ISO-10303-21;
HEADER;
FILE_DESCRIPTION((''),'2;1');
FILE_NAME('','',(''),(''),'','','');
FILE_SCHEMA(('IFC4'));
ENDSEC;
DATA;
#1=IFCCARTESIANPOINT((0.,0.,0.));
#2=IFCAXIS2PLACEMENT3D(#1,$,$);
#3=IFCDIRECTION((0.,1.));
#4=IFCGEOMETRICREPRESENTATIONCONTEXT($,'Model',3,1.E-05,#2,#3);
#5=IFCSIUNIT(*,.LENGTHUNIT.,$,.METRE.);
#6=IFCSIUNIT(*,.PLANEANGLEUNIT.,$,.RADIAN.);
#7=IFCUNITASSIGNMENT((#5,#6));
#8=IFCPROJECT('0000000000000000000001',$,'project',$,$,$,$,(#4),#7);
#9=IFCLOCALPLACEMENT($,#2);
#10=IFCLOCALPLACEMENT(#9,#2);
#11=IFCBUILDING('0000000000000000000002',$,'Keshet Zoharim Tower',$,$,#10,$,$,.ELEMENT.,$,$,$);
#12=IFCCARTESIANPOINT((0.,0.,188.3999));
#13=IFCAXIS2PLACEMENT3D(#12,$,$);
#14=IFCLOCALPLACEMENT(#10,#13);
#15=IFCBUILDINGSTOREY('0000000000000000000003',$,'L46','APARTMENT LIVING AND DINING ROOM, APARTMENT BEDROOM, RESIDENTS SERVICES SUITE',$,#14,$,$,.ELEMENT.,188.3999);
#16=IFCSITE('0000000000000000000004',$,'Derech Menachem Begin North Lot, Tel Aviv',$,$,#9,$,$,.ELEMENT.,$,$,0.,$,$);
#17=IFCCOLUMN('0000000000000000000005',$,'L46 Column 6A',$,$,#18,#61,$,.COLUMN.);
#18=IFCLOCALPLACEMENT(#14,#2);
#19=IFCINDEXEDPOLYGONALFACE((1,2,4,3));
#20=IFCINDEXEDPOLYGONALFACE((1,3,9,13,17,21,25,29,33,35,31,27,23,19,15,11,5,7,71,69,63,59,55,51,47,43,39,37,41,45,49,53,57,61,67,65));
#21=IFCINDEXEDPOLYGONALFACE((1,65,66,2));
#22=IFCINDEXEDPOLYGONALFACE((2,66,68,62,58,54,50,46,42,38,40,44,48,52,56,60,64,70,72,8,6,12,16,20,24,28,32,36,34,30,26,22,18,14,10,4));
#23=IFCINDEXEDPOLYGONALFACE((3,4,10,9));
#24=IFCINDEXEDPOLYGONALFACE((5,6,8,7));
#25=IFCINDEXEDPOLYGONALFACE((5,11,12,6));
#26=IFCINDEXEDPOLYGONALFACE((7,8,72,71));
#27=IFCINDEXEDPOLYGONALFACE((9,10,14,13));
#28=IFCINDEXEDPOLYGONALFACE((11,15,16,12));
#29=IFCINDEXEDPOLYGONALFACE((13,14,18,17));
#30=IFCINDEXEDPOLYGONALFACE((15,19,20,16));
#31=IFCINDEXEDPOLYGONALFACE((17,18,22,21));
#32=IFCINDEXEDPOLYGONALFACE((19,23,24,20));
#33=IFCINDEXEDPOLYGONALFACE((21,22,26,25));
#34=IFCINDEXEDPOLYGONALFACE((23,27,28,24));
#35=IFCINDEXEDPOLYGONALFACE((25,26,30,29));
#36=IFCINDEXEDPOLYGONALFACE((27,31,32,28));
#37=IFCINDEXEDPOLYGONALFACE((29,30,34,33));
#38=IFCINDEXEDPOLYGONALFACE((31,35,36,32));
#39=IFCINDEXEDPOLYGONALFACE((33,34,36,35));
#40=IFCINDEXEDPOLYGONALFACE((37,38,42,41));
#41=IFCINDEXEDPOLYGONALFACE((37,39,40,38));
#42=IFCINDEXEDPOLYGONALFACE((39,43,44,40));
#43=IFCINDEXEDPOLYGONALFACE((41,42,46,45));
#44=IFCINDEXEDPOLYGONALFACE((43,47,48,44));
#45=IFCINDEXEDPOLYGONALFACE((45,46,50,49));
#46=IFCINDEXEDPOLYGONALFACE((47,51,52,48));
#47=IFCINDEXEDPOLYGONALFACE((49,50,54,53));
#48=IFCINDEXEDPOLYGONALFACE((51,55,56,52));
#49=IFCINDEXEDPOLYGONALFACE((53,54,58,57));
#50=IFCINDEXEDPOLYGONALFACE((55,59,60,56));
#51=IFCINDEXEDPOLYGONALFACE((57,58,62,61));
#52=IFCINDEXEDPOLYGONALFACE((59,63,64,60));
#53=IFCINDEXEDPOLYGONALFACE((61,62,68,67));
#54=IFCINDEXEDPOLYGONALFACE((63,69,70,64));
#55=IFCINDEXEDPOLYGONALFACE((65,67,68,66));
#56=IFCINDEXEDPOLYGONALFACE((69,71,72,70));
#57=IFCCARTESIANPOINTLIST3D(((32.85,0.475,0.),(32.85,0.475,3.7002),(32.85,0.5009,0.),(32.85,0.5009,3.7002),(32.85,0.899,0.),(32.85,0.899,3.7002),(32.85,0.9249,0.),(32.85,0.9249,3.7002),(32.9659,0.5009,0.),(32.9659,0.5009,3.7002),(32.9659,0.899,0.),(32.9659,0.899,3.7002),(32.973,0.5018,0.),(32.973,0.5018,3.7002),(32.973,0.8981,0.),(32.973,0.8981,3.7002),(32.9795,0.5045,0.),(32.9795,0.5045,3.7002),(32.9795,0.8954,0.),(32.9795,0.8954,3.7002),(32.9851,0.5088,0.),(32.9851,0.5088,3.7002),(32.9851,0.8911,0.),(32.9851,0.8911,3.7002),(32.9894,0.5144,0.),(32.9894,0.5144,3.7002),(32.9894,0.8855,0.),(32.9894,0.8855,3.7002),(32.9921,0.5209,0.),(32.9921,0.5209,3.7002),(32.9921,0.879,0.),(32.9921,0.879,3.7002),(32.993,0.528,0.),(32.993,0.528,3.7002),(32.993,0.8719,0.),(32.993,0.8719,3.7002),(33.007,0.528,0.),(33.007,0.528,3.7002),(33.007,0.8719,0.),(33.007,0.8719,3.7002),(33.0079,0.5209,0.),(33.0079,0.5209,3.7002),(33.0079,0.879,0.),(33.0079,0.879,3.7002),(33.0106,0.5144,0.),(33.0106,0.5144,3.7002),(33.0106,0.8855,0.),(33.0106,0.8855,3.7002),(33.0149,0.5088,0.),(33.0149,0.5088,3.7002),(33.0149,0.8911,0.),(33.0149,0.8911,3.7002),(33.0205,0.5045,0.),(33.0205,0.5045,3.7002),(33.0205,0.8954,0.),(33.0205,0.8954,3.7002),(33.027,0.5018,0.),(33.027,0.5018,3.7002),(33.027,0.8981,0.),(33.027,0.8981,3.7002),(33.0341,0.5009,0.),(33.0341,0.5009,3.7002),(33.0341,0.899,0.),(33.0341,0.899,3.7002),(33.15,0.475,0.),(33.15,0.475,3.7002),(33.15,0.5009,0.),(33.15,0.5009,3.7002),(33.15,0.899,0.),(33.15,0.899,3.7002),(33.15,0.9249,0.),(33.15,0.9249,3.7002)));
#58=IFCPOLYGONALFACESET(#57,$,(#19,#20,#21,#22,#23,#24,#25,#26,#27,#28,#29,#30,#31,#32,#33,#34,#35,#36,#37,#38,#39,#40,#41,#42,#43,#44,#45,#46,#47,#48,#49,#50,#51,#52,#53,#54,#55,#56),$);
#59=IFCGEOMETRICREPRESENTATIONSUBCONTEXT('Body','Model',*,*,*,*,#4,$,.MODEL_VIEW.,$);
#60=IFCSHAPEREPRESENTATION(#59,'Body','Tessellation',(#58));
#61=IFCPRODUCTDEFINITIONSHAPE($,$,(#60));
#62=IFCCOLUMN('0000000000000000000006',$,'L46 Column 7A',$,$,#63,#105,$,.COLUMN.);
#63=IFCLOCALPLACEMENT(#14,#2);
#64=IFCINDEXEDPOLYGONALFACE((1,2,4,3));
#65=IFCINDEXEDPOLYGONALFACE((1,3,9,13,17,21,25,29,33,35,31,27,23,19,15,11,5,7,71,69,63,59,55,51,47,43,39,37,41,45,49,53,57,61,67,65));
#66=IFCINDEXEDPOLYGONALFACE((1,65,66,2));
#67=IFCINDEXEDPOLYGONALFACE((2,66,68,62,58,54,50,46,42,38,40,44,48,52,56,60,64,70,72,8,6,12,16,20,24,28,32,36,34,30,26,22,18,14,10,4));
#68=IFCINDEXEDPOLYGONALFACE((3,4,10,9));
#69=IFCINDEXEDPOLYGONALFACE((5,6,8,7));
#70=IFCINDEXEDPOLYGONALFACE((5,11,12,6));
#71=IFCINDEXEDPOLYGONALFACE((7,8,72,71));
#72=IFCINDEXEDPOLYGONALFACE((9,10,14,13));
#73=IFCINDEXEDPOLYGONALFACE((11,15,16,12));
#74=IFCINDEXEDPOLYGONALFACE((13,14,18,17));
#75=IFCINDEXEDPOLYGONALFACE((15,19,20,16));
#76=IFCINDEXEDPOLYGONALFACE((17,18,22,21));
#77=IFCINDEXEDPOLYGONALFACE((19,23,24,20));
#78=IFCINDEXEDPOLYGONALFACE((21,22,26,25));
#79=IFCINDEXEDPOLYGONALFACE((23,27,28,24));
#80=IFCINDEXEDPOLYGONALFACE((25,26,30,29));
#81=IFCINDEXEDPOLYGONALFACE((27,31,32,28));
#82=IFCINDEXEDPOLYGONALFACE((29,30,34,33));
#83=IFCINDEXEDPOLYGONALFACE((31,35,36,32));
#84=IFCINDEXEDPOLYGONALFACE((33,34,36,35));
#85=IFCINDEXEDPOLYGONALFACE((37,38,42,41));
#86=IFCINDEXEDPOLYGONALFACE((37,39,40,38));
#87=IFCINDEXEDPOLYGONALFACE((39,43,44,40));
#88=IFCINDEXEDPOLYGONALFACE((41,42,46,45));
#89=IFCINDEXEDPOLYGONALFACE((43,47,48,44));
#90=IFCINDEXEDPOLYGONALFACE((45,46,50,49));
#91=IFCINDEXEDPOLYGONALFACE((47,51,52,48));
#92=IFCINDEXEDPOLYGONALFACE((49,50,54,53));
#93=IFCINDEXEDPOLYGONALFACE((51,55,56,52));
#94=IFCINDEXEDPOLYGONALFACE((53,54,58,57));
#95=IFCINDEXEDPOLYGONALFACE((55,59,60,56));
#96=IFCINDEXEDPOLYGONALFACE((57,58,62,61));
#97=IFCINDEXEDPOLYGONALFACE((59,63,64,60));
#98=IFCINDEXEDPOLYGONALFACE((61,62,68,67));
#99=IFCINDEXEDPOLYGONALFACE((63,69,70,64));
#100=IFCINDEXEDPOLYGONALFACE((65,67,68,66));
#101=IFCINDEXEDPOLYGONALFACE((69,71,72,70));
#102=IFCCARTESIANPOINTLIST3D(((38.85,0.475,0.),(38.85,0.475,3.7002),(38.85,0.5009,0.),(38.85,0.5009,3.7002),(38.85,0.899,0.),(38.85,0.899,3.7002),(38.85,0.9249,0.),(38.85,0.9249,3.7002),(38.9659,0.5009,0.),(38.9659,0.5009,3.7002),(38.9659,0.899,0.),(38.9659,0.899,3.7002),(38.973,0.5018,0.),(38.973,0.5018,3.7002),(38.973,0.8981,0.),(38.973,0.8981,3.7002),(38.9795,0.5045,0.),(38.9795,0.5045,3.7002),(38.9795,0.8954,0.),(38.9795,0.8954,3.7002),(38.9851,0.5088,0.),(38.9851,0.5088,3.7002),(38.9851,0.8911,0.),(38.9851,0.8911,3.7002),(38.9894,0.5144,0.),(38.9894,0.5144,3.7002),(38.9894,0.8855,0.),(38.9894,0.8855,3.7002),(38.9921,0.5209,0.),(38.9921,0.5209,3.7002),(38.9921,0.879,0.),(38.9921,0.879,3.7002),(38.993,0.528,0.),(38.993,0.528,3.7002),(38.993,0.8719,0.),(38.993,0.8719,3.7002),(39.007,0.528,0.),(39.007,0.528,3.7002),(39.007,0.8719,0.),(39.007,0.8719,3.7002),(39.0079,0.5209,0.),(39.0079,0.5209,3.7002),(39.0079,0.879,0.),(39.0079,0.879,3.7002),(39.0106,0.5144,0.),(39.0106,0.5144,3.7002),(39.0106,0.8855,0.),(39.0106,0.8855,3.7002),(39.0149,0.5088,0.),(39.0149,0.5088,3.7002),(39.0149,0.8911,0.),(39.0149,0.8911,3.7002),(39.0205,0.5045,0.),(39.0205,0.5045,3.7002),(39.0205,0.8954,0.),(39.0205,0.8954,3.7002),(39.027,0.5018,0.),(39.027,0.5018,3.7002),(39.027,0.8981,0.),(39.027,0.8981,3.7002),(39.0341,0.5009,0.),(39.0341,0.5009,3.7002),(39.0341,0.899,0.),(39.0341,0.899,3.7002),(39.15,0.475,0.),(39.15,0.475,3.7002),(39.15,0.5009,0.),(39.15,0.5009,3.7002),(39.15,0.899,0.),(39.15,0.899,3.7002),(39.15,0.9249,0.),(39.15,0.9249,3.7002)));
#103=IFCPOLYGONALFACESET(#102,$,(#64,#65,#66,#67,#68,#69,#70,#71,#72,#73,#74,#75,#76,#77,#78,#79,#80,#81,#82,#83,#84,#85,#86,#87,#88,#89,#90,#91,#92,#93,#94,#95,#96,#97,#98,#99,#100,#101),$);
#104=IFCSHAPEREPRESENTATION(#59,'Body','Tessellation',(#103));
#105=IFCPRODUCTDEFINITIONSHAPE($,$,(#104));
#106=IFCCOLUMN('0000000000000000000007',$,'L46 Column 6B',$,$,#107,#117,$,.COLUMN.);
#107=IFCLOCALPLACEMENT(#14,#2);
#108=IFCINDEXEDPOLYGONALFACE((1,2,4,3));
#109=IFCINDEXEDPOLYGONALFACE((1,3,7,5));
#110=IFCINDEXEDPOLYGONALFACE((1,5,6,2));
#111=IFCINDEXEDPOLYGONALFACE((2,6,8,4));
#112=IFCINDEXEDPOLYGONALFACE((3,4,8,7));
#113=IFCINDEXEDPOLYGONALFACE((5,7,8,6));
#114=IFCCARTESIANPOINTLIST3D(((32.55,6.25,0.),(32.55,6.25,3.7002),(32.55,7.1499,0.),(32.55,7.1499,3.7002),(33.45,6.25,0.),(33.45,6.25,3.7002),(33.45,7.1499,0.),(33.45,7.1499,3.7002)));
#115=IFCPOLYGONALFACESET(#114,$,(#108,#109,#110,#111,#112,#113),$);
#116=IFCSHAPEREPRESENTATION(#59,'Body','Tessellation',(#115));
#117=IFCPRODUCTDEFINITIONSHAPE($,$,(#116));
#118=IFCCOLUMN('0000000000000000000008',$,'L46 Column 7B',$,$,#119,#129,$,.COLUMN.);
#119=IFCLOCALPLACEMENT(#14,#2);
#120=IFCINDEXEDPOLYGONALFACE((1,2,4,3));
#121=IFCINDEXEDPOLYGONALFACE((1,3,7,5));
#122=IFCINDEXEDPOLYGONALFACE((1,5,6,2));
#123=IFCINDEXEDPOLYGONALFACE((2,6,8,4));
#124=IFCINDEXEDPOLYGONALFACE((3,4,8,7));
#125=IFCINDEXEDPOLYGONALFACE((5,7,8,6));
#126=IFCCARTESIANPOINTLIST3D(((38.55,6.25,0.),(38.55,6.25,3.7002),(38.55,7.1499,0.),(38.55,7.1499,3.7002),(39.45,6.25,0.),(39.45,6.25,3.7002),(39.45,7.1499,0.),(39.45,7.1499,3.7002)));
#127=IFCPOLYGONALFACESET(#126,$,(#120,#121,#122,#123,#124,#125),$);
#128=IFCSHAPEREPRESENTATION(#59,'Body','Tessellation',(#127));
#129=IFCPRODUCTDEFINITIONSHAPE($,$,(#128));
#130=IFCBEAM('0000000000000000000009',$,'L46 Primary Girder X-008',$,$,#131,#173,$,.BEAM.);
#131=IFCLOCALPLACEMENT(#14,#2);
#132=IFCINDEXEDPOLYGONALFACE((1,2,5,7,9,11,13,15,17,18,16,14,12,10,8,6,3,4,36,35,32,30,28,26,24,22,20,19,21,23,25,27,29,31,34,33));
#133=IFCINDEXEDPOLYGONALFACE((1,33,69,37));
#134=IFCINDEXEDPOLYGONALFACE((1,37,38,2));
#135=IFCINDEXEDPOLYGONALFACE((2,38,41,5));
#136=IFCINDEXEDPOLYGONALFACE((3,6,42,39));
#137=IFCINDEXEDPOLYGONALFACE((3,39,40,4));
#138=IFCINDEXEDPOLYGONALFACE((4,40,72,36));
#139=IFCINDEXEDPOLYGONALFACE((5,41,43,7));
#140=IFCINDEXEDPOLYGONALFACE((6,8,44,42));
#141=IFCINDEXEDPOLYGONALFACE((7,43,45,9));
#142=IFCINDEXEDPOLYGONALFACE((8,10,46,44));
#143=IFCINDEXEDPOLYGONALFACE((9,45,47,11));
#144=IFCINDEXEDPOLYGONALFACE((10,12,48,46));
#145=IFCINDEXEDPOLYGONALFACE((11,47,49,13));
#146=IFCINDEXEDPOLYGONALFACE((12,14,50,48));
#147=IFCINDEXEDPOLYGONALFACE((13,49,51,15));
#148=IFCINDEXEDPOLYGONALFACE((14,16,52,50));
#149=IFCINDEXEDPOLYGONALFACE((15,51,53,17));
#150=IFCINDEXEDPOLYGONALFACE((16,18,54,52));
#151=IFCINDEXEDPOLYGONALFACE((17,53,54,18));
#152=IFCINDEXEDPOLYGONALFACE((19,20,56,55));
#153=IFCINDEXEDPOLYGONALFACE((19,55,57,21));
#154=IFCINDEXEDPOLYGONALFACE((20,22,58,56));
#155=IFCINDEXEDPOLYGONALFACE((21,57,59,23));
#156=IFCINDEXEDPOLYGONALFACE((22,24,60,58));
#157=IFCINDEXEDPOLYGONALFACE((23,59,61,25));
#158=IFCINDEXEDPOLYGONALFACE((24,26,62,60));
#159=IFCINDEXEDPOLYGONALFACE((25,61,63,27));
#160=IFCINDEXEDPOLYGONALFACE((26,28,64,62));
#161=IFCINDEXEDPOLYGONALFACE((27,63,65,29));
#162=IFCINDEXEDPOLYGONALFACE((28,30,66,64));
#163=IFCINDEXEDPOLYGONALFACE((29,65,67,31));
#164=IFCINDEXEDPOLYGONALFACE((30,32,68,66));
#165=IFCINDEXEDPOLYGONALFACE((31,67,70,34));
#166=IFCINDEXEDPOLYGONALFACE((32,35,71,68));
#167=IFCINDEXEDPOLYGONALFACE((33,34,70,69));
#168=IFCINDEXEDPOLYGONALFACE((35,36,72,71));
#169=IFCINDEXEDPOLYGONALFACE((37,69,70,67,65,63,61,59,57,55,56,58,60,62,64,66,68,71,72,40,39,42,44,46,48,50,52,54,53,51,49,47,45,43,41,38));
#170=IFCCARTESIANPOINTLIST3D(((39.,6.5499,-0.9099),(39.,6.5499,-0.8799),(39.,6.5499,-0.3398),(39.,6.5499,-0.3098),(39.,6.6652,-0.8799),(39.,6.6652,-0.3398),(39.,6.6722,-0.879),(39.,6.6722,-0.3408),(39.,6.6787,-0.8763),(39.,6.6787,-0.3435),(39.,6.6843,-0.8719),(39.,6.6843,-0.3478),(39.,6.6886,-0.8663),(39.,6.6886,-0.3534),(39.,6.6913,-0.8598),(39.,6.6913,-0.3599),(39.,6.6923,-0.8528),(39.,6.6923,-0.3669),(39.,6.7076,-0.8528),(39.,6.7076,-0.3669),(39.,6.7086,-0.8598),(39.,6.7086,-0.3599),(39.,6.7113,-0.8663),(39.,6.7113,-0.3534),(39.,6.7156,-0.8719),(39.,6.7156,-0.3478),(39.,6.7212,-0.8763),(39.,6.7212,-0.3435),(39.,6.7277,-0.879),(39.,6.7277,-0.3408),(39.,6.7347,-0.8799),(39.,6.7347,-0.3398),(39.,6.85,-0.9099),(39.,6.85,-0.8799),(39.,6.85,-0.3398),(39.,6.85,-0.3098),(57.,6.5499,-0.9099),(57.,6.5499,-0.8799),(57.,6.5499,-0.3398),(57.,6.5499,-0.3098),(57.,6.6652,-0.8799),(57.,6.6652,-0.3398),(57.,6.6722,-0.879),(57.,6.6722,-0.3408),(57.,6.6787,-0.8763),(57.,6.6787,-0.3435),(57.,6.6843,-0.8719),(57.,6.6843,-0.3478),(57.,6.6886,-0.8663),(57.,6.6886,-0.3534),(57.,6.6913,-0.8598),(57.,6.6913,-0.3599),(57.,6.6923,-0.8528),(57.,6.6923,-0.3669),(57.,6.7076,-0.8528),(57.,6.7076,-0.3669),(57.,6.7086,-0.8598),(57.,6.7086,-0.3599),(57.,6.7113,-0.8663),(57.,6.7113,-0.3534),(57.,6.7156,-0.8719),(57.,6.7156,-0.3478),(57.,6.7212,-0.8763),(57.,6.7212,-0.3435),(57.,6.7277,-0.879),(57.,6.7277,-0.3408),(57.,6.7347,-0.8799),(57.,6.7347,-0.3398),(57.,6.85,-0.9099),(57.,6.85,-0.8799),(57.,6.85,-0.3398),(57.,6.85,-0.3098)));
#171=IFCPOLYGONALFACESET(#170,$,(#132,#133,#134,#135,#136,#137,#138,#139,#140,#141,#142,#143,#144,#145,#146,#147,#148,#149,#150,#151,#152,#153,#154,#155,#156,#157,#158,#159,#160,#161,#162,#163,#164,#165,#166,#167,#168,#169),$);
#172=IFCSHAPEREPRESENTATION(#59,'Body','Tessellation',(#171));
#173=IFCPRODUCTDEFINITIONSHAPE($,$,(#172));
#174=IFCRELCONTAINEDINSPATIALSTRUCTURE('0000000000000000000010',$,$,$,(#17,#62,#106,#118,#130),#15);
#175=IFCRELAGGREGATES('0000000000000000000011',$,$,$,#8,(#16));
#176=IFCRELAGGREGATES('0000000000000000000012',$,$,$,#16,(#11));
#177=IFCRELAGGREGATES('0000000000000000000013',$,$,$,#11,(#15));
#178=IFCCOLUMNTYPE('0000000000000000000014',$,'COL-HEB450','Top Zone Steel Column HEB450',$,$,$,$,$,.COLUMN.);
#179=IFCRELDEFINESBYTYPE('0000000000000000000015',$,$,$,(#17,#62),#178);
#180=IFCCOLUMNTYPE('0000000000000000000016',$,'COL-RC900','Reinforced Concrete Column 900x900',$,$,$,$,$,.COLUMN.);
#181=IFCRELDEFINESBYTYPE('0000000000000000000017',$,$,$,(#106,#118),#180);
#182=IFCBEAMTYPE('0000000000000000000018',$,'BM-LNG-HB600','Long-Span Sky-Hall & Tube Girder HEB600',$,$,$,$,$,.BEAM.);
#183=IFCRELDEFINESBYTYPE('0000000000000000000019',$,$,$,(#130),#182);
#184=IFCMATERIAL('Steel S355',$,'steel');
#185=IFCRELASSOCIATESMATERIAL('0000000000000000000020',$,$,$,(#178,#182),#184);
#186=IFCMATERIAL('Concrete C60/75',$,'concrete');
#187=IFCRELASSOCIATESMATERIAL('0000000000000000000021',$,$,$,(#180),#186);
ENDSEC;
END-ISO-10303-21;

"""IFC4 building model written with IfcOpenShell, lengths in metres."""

from ifc_helpers import new_model, si_unit, direction, frame, origin, origin_2d, place, context, subcontext, project, spatial, rectangle, i_section, extrude, material, material_profile, profile_set, type_object, element, save


model = new_model("IFC4")

# Units and contexts
model_context = context("Model", 3, precision=1e-05, world=origin(), true_north=direction((0.0, 1.0)))
body_context = subcontext(model_context, "Body", "Model", "MODEL_VIEW")
ifc_project = project(units=[si_unit("LENGTHUNIT", "METRE"), si_unit("PLANEANGLEUNIT", "RADIAN")], contexts=[model_context])

# Site, building, storey
site_placement = place(None, origin())
site = spatial("IfcSite", under=ifc_project, at=site_placement, Name="Derech Menachem Begin North Lot, Tel Aviv", CompositionType="ELEMENT", RefElevation=0.0)
building_placement = place(site_placement, origin())
building = spatial("IfcBuilding", under=site, at=building_placement, Name="Keshet Zoharim Tower", CompositionType="ELEMENT")
storey_placement = place(building_placement, frame((0.0, 0.0, 188.3999)))
storey = spatial("IfcBuildingStorey", under=building, at=storey_placement, Name="L46", Description="APARTMENT LIVING AND DINING ROOM, APARTMENT BEDROOM, RESIDENTS SERVICES SUITE", CompositionType="ELEMENT", Elevation=188.3999)

# Columns
ifc_material_1 = material(Name="Steel S355", Category="steel")
ifc_material_profile_1 = material_profile(ifc_material_1, i_section(OverallWidth=0.3, OverallDepth=0.45, WebThickness=0.0139, FlangeThickness=0.0259, FilletRadius=0.0271, at=origin_2d()), Name="HEB450")
ifc_profile_set_1 = profile_set([ifc_material_profile_1], Name="Steel S355")
column_type_1 = type_object("IfcColumnType", Name="COL-HEB450", Description="Top Zone Steel Column HEB450", PredefinedType="COLUMN", material=ifc_profile_set_1)
for number, where, z_axis, x_axis, name in (
    (1, (33.0, 0.7, 0.0), (0.0, 0.0, 1.0), (1.0, 0.0, 0.0), "L46 Column 6A"),
    (2, (39.0, 0.7, 0.0), (0.0, 0.0, 1.0), (1.0, 0.0, 0.0), "L46 Column 7A"),
):
    element("IfcColumn", number, at=place(storey_placement, frame(where, z_axis=z_axis, x_axis=x_axis)), inside=storey, type_object=column_type_1, Name=name, PredefinedType="COLUMN", context=body_context, shape_type="SweptSolid", body=[
        extrude(i_section(OverallWidth=0.3, OverallDepth=0.45, WebThickness=0.0139, FlangeThickness=0.0259, FilletRadius=0.0271, at=origin_2d()), origin(), (0.0, 0.0, 1.0), 3.7002),
    ])
ifc_material_2 = material(Name="Concrete C60/75", Category="concrete")
ifc_material_profile_2 = material_profile(ifc_material_2, rectangle(XDim=0.8999, YDim=0.8999, at=origin_2d()), Name="RC900x900")
ifc_profile_set_2 = profile_set([ifc_material_profile_2], Name="Concrete C60/75")
column_type_2 = type_object("IfcColumnType", Name="COL-RC900", Description="Reinforced Concrete Column 900x900", PredefinedType="COLUMN", material=ifc_profile_set_2)
for number, where, z_axis, x_axis, name in (
    (3, (33.0, 6.7, 0.0), (0.0, 0.0, 1.0), (1.0, 0.0, 0.0), "L46 Column 6B"),
    (4, (39.0, 6.7, 0.0), (0.0, 0.0, 1.0), (1.0, 0.0, 0.0), "L46 Column 7B"),
):
    element("IfcColumn", number, at=place(storey_placement, frame(where, z_axis=z_axis, x_axis=x_axis)), inside=storey, type_object=column_type_2, Name=name, PredefinedType="COLUMN", context=body_context, shape_type="SweptSolid", body=[
        extrude(rectangle(XDim=0.8999, YDim=0.8999, at=origin_2d()), origin(), (0.0, 0.0, 1.0), 3.7002),
    ])

# Beam
ifc_material_profile_3 = material_profile(ifc_material_1, i_section(OverallWidth=0.3, OverallDepth=0.6001, WebThickness=0.0154, FlangeThickness=0.03, FilletRadius=0.0271, at=origin_2d()), Name="HEB600")
ifc_profile_set_3 = profile_set([ifc_material_profile_3], Name="Steel S355")
beam_type_1 = type_object("IfcBeamType", Name="BM-LNG-HB600", Description="Long-Span Sky-Hall & Tube Girder HEB600", PredefinedType="BEAM", material=ifc_profile_set_3)
beam_placement = place(storey_placement, frame((39.0, 6.7, -0.6099), z_axis=(1.0, 0.0, 0.0), x_axis=(0.0, 1.0, 0.0)))
element("IfcBeam", 5, at=beam_placement, inside=storey, type_object=beam_type_1, Name="L46 Primary Girder X-008", PredefinedType="BEAM", context=body_context, shape_type="SweptSolid", body=[
    extrude(i_section(OverallWidth=0.3, OverallDepth=0.6001, WebThickness=0.0154, FlangeThickness=0.03, FilletRadius=0.0271, at=origin_2d()), origin(), (0.0, 0.0, 1.0), 18.0),
])

save(model, "model.ifc")
